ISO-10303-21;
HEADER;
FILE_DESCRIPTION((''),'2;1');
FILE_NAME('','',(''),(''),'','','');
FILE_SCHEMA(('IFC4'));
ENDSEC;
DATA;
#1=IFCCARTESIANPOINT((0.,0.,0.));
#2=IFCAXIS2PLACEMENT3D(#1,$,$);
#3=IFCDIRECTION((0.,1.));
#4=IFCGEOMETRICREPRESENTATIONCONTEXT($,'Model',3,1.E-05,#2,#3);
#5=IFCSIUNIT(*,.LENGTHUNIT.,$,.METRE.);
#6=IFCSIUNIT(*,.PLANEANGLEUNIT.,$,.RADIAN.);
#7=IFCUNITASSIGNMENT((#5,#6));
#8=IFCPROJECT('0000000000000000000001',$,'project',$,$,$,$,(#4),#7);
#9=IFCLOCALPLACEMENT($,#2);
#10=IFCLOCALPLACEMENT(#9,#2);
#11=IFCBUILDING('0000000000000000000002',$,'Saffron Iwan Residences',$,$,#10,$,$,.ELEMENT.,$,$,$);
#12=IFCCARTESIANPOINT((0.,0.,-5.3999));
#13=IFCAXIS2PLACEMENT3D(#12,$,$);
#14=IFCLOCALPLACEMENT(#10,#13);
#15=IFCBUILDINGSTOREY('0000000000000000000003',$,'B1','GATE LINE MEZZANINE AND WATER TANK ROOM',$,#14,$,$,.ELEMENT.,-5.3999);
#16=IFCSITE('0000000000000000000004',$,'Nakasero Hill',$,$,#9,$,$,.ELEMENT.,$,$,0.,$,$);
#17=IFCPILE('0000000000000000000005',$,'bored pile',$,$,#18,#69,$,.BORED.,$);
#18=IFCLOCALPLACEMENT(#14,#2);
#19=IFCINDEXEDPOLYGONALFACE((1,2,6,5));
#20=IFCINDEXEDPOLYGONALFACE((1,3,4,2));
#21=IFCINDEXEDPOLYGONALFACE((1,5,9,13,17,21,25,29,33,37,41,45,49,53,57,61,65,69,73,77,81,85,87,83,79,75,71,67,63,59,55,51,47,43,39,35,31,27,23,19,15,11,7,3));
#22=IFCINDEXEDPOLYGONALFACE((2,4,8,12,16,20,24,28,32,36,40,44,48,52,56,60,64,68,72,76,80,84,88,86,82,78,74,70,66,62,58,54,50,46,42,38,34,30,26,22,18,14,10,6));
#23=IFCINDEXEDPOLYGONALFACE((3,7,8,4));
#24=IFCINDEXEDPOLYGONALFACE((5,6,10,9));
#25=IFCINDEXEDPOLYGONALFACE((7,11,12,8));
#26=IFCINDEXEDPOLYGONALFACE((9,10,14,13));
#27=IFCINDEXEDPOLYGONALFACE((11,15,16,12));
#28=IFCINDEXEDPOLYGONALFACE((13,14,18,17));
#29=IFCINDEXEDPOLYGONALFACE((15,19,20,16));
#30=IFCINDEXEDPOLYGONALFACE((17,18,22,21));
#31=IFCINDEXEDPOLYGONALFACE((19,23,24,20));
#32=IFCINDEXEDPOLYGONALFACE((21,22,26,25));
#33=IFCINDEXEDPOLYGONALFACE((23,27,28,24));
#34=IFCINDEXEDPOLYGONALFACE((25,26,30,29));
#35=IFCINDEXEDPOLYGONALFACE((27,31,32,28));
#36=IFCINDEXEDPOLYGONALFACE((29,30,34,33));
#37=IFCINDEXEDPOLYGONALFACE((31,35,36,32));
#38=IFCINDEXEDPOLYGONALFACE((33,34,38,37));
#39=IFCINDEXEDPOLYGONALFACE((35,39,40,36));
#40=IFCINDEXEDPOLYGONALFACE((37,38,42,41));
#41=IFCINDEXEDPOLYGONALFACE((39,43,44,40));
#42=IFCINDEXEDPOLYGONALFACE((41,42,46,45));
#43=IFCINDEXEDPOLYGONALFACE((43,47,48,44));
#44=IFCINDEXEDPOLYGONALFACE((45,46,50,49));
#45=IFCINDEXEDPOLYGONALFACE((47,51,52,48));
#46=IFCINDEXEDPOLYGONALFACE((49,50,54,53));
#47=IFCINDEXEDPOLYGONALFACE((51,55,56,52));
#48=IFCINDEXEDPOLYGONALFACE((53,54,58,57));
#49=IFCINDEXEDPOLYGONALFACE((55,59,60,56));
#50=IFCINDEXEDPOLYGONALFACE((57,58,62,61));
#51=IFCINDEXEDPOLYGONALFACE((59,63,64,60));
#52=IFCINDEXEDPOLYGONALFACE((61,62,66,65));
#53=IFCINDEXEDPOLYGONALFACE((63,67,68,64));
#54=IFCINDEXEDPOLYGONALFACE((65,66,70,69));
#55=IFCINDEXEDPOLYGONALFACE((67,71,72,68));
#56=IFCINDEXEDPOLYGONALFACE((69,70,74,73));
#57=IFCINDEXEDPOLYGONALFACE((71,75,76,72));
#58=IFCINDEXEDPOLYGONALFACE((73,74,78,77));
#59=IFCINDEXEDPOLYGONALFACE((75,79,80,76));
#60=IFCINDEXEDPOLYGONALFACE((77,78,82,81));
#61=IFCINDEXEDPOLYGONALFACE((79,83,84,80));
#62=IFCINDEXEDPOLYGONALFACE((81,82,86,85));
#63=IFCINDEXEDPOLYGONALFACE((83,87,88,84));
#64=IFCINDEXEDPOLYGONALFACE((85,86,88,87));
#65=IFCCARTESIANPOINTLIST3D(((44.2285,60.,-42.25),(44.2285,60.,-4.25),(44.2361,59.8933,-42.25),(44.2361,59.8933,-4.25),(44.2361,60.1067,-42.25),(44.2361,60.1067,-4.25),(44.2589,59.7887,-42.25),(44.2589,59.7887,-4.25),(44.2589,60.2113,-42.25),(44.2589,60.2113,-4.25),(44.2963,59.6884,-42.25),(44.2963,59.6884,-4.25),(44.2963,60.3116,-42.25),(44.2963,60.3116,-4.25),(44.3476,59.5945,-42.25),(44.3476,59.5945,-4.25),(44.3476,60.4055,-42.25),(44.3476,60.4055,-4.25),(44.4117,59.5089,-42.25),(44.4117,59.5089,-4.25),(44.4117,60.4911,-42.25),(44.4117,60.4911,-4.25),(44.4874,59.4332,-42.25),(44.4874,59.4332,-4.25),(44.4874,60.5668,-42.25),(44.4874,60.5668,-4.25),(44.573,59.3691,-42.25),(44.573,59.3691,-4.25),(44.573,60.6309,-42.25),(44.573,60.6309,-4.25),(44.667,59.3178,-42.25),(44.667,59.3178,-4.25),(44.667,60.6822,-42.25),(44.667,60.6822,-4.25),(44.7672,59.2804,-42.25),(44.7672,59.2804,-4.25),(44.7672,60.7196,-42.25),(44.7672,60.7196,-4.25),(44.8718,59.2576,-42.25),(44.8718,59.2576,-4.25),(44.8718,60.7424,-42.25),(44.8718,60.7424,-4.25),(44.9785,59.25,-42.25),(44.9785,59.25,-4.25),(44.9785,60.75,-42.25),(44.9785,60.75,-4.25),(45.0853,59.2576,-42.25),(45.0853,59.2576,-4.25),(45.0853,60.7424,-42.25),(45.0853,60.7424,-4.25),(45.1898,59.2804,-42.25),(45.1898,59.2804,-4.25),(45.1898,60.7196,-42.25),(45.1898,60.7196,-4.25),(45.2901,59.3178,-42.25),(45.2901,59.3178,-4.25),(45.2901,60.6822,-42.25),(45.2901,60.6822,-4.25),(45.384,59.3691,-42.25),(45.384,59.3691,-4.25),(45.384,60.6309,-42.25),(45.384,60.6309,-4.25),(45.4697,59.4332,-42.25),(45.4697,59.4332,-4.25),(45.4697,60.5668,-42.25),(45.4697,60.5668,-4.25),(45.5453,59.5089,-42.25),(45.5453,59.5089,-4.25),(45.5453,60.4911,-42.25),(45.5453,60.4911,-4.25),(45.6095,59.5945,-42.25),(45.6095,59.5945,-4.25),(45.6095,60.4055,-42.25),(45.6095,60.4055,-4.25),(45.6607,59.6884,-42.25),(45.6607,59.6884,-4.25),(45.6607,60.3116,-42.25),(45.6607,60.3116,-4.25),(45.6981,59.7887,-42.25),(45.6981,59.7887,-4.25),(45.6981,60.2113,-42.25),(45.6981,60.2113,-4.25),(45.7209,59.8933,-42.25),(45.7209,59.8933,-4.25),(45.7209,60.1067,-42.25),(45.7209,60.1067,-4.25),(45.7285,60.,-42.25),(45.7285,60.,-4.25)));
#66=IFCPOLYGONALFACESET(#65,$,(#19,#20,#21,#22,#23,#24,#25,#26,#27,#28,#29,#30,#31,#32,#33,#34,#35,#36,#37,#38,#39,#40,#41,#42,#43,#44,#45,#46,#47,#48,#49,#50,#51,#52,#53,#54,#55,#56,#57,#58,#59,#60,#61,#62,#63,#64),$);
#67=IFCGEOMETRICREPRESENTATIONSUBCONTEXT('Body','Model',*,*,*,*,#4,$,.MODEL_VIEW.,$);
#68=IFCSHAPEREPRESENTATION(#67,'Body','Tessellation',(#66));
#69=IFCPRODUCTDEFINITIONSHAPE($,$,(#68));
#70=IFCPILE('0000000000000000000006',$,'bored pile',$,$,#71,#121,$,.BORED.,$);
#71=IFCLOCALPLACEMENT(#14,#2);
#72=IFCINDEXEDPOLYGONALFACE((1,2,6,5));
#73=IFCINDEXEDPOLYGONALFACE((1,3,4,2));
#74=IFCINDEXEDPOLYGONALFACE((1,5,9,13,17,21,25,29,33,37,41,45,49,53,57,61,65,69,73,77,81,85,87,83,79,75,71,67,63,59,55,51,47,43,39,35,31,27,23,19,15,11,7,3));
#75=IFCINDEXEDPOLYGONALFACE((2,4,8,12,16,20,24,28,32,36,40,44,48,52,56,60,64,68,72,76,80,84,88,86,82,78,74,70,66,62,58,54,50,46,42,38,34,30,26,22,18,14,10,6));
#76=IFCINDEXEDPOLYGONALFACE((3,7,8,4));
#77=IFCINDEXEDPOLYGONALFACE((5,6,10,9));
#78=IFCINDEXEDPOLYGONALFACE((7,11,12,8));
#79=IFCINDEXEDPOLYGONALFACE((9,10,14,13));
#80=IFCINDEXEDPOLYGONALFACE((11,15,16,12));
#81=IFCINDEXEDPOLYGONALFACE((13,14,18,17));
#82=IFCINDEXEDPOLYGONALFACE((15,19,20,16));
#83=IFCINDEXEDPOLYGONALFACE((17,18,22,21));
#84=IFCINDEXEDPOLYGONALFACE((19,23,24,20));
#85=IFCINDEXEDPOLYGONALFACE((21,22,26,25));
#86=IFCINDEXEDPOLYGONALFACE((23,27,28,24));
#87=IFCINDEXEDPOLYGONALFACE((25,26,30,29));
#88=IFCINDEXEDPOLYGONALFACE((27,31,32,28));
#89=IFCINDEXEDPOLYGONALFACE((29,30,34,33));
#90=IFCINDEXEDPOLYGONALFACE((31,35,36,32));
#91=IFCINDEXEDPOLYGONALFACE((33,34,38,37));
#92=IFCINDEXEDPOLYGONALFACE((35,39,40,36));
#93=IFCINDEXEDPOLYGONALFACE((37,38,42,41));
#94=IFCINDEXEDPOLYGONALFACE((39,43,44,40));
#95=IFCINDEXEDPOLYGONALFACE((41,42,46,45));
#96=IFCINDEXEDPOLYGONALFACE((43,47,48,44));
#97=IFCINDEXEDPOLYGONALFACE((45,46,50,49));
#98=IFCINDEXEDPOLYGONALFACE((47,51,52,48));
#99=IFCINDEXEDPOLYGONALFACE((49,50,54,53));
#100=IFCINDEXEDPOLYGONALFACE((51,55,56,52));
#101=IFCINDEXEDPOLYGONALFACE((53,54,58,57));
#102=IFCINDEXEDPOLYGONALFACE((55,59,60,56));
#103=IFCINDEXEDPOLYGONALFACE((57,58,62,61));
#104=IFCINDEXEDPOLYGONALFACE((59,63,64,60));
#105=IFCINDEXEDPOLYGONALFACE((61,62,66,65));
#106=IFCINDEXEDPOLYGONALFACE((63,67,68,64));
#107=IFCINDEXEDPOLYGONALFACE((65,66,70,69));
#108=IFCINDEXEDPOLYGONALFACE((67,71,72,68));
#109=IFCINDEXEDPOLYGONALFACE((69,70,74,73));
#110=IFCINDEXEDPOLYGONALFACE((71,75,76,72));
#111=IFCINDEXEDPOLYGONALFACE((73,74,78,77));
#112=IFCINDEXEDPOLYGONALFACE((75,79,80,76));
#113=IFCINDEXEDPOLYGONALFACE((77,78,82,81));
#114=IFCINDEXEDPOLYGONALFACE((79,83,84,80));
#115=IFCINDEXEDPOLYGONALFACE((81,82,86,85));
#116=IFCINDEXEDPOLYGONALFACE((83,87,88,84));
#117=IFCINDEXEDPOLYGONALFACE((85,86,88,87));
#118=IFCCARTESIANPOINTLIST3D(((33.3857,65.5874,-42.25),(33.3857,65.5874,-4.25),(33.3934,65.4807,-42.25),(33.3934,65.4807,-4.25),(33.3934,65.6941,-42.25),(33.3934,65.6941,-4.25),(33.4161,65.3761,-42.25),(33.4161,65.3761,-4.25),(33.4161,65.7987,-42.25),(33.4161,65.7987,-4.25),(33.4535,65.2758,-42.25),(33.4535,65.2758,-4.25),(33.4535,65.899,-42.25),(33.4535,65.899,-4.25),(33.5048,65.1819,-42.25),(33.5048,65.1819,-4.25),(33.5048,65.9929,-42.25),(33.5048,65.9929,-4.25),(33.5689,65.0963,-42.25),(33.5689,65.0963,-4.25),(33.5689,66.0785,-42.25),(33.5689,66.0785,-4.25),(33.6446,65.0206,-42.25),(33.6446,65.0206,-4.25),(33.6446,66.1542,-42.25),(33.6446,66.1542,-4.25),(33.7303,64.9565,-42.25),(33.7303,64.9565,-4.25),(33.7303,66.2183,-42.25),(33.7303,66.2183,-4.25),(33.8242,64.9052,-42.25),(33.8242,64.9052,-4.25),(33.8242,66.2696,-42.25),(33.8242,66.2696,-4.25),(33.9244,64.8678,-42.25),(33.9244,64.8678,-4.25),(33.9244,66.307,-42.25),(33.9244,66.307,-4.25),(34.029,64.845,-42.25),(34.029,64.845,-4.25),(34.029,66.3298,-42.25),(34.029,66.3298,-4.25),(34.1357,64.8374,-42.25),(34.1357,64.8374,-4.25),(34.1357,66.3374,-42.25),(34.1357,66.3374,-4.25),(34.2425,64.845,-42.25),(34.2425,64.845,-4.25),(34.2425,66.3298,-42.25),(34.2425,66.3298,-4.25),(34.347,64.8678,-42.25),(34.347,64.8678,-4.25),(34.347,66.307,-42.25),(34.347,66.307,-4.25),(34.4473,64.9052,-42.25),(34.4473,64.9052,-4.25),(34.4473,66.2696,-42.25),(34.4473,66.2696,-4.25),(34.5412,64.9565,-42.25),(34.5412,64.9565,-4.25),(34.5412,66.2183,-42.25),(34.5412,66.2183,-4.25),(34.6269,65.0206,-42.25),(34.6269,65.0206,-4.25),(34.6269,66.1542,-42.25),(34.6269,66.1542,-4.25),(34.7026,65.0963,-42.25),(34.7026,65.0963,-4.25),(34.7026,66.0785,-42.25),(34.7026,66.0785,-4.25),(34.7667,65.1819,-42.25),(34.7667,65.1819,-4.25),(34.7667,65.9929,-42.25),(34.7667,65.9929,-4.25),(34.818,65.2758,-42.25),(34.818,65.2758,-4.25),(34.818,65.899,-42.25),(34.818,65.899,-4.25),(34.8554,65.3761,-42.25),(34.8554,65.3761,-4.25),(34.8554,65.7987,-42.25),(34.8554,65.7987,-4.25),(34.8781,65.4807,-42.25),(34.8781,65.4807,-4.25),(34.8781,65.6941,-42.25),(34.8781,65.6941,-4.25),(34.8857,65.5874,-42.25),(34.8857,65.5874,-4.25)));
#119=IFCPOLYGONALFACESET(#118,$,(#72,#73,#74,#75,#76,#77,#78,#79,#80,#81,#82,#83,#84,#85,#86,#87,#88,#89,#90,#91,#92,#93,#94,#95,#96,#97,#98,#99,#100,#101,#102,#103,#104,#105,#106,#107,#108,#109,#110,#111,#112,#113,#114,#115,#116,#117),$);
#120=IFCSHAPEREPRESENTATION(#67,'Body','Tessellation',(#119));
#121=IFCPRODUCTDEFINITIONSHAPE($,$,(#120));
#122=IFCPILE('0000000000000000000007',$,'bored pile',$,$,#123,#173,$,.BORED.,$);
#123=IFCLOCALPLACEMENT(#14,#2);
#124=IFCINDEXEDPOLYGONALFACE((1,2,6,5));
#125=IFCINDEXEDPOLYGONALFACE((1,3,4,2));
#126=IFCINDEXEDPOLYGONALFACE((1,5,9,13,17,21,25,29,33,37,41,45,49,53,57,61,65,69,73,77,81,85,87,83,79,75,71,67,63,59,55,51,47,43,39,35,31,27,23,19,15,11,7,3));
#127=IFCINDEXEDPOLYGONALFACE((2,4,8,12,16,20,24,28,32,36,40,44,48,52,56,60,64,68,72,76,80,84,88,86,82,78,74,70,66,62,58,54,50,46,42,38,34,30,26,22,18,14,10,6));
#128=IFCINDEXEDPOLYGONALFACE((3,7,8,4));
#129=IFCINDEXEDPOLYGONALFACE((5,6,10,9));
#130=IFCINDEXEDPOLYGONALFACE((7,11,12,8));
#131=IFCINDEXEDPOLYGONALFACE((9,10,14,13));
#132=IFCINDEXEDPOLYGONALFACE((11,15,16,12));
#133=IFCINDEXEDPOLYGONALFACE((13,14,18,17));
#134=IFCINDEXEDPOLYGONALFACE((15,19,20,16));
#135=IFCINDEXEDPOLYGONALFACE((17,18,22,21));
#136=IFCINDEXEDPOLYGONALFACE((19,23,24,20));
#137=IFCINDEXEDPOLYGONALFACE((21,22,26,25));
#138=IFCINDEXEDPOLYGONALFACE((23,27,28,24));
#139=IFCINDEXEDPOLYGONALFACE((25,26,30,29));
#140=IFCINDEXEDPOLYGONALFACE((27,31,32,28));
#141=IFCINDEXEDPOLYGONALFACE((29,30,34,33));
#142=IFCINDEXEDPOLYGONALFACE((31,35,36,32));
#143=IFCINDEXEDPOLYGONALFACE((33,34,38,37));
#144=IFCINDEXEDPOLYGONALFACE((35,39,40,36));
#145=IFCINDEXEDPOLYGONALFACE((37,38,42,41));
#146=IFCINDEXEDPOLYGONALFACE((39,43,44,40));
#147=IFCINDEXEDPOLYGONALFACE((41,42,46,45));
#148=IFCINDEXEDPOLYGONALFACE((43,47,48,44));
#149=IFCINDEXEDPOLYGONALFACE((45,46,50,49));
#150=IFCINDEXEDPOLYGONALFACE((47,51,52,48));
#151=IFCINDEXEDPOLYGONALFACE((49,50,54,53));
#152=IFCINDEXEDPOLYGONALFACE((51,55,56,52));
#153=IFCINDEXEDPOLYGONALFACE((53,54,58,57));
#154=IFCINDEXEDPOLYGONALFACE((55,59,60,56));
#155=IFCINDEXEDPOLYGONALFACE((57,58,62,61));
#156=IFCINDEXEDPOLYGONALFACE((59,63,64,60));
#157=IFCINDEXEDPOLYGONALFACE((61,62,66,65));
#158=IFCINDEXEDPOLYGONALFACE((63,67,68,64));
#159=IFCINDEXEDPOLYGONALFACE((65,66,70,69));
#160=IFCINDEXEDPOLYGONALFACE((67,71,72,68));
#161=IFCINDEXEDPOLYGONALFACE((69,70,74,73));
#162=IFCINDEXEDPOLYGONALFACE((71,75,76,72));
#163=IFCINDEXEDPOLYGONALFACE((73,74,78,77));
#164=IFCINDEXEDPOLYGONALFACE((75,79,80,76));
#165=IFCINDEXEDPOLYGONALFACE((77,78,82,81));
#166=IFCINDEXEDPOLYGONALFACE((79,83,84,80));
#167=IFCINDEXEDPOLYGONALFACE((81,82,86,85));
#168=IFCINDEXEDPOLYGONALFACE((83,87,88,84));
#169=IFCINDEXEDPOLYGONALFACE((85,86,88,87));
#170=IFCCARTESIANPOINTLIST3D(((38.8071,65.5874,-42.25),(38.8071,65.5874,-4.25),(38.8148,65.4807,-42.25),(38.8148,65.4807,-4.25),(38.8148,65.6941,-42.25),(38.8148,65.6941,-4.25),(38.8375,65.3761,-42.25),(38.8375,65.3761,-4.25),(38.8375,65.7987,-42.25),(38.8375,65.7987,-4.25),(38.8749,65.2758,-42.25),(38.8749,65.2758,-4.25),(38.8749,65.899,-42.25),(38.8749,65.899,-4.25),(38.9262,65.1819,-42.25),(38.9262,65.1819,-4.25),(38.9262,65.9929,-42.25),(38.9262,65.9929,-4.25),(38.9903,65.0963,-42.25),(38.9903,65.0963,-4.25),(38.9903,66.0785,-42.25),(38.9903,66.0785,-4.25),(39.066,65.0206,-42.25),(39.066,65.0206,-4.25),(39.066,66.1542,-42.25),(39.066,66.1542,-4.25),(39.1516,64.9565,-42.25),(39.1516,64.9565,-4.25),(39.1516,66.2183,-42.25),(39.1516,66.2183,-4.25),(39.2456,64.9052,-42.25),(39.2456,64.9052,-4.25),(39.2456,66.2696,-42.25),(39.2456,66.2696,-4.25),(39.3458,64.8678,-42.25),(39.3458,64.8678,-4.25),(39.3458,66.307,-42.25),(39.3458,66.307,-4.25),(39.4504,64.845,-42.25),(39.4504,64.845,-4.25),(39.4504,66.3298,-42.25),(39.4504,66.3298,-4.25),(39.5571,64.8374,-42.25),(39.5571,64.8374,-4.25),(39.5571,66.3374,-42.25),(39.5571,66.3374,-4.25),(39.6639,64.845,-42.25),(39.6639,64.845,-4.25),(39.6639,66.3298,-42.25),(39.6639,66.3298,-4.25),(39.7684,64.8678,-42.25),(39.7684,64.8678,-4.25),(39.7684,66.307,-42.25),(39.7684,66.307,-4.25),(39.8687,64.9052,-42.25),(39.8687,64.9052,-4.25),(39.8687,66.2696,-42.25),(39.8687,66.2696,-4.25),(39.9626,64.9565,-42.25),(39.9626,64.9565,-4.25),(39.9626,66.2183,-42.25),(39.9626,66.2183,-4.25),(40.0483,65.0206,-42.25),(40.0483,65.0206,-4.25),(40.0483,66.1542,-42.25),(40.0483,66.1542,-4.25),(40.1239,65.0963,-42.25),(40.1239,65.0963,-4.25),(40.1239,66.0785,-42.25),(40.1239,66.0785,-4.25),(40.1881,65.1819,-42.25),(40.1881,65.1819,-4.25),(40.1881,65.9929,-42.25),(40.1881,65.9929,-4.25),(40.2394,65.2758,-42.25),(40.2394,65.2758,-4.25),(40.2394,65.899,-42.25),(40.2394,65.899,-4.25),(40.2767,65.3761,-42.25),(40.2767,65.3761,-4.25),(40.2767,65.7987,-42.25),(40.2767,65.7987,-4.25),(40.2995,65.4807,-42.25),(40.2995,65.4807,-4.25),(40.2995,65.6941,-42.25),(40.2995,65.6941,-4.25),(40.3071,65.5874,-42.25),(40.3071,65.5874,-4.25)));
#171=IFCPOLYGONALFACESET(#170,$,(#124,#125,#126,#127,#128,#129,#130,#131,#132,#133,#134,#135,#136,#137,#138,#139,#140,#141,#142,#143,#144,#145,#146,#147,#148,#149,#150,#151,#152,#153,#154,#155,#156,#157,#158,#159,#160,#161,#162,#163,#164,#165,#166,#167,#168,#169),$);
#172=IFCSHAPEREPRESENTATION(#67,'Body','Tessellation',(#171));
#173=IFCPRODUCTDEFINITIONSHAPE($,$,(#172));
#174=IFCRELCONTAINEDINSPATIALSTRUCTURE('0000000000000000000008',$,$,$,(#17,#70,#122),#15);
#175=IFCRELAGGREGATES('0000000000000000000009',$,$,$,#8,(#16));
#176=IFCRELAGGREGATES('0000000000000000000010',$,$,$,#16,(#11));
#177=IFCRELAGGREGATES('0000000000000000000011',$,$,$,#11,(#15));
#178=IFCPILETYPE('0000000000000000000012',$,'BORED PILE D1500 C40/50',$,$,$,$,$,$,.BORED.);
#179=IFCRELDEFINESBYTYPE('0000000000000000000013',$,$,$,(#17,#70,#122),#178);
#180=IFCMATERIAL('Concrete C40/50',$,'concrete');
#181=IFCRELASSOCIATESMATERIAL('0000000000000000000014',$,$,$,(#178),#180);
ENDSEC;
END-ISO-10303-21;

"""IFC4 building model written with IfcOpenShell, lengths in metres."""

from ifc_helpers import new_model, si_unit, direction, frame, origin, origin_2d, place, context, subcontext, project, spatial, circle, extrude, material, material_profile, profile_set, type_object, element, save


model = new_model("IFC4")

# Units and contexts
model_context = context("Model", 3, precision=1e-05, world=origin(), true_north=direction((0.0, 1.0)))
body_context = subcontext(model_context, "Body", "Model", "MODEL_VIEW")
ifc_project = project(units=[si_unit("LENGTHUNIT", "METRE"), si_unit("PLANEANGLEUNIT", "RADIAN")], contexts=[model_context])

# Site, building, storey
site_placement = place(None, origin())
site = spatial("IfcSite", under=ifc_project, at=site_placement, Name="Nakasero Hill", CompositionType="ELEMENT", RefElevation=0.0)
building_placement = place(site_placement, origin())
building = spatial("IfcBuilding", under=site, at=building_placement, Name="Saffron Iwan Residences", CompositionType="ELEMENT")
storey_placement = place(building_placement, frame((0.0, 0.0, -5.3999)))
storey = spatial("IfcBuildingStorey", under=building, at=storey_placement, Name="B1", Description="GATE LINE MEZZANINE AND WATER TANK ROOM", CompositionType="ELEMENT", Elevation=-5.3999)

# Piles
ifc_material_1 = material(Name="Concrete C40/50", Category="concrete")
ifc_material_profile = material_profile(ifc_material_1, circle(Radius=0.75, at=origin_2d()), Name="RC D1500")
ifc_profile_set = profile_set([ifc_material_profile], Name="Concrete C40/50")
pile_type = type_object("IfcPileType", Name="BORED PILE D1500 C40/50", PredefinedType="BORED", material=ifc_profile_set)
for number, where, z_axis, x_axis, name in (
    (1, (44.9785, 60.0, -4.25), (0.0, 0.0, -1.0), (1.0, 0.0, 0.0), "bored pile"),
    (2, (34.1357, 65.5874, -4.25), (0.0, 0.0, -1.0), (1.0, 0.0, 0.0), "bored pile"),
    (3, (39.5571, 65.5874, -4.25), (0.0, 0.0, -1.0), (1.0, 0.0, 0.0), "bored pile"),
):
    element("IfcPile", number, at=place(storey_placement, frame(where, z_axis=z_axis, x_axis=x_axis)), inside=storey, type_object=pile_type, Name=name, PredefinedType="BORED", context=body_context, shape_type="SweptSolid", body=[
        extrude(circle(Radius=0.75, at=origin_2d()), origin(), (0.0, 0.0, 1.0), 38.0),
    ])

save(model, "model.ifc")
